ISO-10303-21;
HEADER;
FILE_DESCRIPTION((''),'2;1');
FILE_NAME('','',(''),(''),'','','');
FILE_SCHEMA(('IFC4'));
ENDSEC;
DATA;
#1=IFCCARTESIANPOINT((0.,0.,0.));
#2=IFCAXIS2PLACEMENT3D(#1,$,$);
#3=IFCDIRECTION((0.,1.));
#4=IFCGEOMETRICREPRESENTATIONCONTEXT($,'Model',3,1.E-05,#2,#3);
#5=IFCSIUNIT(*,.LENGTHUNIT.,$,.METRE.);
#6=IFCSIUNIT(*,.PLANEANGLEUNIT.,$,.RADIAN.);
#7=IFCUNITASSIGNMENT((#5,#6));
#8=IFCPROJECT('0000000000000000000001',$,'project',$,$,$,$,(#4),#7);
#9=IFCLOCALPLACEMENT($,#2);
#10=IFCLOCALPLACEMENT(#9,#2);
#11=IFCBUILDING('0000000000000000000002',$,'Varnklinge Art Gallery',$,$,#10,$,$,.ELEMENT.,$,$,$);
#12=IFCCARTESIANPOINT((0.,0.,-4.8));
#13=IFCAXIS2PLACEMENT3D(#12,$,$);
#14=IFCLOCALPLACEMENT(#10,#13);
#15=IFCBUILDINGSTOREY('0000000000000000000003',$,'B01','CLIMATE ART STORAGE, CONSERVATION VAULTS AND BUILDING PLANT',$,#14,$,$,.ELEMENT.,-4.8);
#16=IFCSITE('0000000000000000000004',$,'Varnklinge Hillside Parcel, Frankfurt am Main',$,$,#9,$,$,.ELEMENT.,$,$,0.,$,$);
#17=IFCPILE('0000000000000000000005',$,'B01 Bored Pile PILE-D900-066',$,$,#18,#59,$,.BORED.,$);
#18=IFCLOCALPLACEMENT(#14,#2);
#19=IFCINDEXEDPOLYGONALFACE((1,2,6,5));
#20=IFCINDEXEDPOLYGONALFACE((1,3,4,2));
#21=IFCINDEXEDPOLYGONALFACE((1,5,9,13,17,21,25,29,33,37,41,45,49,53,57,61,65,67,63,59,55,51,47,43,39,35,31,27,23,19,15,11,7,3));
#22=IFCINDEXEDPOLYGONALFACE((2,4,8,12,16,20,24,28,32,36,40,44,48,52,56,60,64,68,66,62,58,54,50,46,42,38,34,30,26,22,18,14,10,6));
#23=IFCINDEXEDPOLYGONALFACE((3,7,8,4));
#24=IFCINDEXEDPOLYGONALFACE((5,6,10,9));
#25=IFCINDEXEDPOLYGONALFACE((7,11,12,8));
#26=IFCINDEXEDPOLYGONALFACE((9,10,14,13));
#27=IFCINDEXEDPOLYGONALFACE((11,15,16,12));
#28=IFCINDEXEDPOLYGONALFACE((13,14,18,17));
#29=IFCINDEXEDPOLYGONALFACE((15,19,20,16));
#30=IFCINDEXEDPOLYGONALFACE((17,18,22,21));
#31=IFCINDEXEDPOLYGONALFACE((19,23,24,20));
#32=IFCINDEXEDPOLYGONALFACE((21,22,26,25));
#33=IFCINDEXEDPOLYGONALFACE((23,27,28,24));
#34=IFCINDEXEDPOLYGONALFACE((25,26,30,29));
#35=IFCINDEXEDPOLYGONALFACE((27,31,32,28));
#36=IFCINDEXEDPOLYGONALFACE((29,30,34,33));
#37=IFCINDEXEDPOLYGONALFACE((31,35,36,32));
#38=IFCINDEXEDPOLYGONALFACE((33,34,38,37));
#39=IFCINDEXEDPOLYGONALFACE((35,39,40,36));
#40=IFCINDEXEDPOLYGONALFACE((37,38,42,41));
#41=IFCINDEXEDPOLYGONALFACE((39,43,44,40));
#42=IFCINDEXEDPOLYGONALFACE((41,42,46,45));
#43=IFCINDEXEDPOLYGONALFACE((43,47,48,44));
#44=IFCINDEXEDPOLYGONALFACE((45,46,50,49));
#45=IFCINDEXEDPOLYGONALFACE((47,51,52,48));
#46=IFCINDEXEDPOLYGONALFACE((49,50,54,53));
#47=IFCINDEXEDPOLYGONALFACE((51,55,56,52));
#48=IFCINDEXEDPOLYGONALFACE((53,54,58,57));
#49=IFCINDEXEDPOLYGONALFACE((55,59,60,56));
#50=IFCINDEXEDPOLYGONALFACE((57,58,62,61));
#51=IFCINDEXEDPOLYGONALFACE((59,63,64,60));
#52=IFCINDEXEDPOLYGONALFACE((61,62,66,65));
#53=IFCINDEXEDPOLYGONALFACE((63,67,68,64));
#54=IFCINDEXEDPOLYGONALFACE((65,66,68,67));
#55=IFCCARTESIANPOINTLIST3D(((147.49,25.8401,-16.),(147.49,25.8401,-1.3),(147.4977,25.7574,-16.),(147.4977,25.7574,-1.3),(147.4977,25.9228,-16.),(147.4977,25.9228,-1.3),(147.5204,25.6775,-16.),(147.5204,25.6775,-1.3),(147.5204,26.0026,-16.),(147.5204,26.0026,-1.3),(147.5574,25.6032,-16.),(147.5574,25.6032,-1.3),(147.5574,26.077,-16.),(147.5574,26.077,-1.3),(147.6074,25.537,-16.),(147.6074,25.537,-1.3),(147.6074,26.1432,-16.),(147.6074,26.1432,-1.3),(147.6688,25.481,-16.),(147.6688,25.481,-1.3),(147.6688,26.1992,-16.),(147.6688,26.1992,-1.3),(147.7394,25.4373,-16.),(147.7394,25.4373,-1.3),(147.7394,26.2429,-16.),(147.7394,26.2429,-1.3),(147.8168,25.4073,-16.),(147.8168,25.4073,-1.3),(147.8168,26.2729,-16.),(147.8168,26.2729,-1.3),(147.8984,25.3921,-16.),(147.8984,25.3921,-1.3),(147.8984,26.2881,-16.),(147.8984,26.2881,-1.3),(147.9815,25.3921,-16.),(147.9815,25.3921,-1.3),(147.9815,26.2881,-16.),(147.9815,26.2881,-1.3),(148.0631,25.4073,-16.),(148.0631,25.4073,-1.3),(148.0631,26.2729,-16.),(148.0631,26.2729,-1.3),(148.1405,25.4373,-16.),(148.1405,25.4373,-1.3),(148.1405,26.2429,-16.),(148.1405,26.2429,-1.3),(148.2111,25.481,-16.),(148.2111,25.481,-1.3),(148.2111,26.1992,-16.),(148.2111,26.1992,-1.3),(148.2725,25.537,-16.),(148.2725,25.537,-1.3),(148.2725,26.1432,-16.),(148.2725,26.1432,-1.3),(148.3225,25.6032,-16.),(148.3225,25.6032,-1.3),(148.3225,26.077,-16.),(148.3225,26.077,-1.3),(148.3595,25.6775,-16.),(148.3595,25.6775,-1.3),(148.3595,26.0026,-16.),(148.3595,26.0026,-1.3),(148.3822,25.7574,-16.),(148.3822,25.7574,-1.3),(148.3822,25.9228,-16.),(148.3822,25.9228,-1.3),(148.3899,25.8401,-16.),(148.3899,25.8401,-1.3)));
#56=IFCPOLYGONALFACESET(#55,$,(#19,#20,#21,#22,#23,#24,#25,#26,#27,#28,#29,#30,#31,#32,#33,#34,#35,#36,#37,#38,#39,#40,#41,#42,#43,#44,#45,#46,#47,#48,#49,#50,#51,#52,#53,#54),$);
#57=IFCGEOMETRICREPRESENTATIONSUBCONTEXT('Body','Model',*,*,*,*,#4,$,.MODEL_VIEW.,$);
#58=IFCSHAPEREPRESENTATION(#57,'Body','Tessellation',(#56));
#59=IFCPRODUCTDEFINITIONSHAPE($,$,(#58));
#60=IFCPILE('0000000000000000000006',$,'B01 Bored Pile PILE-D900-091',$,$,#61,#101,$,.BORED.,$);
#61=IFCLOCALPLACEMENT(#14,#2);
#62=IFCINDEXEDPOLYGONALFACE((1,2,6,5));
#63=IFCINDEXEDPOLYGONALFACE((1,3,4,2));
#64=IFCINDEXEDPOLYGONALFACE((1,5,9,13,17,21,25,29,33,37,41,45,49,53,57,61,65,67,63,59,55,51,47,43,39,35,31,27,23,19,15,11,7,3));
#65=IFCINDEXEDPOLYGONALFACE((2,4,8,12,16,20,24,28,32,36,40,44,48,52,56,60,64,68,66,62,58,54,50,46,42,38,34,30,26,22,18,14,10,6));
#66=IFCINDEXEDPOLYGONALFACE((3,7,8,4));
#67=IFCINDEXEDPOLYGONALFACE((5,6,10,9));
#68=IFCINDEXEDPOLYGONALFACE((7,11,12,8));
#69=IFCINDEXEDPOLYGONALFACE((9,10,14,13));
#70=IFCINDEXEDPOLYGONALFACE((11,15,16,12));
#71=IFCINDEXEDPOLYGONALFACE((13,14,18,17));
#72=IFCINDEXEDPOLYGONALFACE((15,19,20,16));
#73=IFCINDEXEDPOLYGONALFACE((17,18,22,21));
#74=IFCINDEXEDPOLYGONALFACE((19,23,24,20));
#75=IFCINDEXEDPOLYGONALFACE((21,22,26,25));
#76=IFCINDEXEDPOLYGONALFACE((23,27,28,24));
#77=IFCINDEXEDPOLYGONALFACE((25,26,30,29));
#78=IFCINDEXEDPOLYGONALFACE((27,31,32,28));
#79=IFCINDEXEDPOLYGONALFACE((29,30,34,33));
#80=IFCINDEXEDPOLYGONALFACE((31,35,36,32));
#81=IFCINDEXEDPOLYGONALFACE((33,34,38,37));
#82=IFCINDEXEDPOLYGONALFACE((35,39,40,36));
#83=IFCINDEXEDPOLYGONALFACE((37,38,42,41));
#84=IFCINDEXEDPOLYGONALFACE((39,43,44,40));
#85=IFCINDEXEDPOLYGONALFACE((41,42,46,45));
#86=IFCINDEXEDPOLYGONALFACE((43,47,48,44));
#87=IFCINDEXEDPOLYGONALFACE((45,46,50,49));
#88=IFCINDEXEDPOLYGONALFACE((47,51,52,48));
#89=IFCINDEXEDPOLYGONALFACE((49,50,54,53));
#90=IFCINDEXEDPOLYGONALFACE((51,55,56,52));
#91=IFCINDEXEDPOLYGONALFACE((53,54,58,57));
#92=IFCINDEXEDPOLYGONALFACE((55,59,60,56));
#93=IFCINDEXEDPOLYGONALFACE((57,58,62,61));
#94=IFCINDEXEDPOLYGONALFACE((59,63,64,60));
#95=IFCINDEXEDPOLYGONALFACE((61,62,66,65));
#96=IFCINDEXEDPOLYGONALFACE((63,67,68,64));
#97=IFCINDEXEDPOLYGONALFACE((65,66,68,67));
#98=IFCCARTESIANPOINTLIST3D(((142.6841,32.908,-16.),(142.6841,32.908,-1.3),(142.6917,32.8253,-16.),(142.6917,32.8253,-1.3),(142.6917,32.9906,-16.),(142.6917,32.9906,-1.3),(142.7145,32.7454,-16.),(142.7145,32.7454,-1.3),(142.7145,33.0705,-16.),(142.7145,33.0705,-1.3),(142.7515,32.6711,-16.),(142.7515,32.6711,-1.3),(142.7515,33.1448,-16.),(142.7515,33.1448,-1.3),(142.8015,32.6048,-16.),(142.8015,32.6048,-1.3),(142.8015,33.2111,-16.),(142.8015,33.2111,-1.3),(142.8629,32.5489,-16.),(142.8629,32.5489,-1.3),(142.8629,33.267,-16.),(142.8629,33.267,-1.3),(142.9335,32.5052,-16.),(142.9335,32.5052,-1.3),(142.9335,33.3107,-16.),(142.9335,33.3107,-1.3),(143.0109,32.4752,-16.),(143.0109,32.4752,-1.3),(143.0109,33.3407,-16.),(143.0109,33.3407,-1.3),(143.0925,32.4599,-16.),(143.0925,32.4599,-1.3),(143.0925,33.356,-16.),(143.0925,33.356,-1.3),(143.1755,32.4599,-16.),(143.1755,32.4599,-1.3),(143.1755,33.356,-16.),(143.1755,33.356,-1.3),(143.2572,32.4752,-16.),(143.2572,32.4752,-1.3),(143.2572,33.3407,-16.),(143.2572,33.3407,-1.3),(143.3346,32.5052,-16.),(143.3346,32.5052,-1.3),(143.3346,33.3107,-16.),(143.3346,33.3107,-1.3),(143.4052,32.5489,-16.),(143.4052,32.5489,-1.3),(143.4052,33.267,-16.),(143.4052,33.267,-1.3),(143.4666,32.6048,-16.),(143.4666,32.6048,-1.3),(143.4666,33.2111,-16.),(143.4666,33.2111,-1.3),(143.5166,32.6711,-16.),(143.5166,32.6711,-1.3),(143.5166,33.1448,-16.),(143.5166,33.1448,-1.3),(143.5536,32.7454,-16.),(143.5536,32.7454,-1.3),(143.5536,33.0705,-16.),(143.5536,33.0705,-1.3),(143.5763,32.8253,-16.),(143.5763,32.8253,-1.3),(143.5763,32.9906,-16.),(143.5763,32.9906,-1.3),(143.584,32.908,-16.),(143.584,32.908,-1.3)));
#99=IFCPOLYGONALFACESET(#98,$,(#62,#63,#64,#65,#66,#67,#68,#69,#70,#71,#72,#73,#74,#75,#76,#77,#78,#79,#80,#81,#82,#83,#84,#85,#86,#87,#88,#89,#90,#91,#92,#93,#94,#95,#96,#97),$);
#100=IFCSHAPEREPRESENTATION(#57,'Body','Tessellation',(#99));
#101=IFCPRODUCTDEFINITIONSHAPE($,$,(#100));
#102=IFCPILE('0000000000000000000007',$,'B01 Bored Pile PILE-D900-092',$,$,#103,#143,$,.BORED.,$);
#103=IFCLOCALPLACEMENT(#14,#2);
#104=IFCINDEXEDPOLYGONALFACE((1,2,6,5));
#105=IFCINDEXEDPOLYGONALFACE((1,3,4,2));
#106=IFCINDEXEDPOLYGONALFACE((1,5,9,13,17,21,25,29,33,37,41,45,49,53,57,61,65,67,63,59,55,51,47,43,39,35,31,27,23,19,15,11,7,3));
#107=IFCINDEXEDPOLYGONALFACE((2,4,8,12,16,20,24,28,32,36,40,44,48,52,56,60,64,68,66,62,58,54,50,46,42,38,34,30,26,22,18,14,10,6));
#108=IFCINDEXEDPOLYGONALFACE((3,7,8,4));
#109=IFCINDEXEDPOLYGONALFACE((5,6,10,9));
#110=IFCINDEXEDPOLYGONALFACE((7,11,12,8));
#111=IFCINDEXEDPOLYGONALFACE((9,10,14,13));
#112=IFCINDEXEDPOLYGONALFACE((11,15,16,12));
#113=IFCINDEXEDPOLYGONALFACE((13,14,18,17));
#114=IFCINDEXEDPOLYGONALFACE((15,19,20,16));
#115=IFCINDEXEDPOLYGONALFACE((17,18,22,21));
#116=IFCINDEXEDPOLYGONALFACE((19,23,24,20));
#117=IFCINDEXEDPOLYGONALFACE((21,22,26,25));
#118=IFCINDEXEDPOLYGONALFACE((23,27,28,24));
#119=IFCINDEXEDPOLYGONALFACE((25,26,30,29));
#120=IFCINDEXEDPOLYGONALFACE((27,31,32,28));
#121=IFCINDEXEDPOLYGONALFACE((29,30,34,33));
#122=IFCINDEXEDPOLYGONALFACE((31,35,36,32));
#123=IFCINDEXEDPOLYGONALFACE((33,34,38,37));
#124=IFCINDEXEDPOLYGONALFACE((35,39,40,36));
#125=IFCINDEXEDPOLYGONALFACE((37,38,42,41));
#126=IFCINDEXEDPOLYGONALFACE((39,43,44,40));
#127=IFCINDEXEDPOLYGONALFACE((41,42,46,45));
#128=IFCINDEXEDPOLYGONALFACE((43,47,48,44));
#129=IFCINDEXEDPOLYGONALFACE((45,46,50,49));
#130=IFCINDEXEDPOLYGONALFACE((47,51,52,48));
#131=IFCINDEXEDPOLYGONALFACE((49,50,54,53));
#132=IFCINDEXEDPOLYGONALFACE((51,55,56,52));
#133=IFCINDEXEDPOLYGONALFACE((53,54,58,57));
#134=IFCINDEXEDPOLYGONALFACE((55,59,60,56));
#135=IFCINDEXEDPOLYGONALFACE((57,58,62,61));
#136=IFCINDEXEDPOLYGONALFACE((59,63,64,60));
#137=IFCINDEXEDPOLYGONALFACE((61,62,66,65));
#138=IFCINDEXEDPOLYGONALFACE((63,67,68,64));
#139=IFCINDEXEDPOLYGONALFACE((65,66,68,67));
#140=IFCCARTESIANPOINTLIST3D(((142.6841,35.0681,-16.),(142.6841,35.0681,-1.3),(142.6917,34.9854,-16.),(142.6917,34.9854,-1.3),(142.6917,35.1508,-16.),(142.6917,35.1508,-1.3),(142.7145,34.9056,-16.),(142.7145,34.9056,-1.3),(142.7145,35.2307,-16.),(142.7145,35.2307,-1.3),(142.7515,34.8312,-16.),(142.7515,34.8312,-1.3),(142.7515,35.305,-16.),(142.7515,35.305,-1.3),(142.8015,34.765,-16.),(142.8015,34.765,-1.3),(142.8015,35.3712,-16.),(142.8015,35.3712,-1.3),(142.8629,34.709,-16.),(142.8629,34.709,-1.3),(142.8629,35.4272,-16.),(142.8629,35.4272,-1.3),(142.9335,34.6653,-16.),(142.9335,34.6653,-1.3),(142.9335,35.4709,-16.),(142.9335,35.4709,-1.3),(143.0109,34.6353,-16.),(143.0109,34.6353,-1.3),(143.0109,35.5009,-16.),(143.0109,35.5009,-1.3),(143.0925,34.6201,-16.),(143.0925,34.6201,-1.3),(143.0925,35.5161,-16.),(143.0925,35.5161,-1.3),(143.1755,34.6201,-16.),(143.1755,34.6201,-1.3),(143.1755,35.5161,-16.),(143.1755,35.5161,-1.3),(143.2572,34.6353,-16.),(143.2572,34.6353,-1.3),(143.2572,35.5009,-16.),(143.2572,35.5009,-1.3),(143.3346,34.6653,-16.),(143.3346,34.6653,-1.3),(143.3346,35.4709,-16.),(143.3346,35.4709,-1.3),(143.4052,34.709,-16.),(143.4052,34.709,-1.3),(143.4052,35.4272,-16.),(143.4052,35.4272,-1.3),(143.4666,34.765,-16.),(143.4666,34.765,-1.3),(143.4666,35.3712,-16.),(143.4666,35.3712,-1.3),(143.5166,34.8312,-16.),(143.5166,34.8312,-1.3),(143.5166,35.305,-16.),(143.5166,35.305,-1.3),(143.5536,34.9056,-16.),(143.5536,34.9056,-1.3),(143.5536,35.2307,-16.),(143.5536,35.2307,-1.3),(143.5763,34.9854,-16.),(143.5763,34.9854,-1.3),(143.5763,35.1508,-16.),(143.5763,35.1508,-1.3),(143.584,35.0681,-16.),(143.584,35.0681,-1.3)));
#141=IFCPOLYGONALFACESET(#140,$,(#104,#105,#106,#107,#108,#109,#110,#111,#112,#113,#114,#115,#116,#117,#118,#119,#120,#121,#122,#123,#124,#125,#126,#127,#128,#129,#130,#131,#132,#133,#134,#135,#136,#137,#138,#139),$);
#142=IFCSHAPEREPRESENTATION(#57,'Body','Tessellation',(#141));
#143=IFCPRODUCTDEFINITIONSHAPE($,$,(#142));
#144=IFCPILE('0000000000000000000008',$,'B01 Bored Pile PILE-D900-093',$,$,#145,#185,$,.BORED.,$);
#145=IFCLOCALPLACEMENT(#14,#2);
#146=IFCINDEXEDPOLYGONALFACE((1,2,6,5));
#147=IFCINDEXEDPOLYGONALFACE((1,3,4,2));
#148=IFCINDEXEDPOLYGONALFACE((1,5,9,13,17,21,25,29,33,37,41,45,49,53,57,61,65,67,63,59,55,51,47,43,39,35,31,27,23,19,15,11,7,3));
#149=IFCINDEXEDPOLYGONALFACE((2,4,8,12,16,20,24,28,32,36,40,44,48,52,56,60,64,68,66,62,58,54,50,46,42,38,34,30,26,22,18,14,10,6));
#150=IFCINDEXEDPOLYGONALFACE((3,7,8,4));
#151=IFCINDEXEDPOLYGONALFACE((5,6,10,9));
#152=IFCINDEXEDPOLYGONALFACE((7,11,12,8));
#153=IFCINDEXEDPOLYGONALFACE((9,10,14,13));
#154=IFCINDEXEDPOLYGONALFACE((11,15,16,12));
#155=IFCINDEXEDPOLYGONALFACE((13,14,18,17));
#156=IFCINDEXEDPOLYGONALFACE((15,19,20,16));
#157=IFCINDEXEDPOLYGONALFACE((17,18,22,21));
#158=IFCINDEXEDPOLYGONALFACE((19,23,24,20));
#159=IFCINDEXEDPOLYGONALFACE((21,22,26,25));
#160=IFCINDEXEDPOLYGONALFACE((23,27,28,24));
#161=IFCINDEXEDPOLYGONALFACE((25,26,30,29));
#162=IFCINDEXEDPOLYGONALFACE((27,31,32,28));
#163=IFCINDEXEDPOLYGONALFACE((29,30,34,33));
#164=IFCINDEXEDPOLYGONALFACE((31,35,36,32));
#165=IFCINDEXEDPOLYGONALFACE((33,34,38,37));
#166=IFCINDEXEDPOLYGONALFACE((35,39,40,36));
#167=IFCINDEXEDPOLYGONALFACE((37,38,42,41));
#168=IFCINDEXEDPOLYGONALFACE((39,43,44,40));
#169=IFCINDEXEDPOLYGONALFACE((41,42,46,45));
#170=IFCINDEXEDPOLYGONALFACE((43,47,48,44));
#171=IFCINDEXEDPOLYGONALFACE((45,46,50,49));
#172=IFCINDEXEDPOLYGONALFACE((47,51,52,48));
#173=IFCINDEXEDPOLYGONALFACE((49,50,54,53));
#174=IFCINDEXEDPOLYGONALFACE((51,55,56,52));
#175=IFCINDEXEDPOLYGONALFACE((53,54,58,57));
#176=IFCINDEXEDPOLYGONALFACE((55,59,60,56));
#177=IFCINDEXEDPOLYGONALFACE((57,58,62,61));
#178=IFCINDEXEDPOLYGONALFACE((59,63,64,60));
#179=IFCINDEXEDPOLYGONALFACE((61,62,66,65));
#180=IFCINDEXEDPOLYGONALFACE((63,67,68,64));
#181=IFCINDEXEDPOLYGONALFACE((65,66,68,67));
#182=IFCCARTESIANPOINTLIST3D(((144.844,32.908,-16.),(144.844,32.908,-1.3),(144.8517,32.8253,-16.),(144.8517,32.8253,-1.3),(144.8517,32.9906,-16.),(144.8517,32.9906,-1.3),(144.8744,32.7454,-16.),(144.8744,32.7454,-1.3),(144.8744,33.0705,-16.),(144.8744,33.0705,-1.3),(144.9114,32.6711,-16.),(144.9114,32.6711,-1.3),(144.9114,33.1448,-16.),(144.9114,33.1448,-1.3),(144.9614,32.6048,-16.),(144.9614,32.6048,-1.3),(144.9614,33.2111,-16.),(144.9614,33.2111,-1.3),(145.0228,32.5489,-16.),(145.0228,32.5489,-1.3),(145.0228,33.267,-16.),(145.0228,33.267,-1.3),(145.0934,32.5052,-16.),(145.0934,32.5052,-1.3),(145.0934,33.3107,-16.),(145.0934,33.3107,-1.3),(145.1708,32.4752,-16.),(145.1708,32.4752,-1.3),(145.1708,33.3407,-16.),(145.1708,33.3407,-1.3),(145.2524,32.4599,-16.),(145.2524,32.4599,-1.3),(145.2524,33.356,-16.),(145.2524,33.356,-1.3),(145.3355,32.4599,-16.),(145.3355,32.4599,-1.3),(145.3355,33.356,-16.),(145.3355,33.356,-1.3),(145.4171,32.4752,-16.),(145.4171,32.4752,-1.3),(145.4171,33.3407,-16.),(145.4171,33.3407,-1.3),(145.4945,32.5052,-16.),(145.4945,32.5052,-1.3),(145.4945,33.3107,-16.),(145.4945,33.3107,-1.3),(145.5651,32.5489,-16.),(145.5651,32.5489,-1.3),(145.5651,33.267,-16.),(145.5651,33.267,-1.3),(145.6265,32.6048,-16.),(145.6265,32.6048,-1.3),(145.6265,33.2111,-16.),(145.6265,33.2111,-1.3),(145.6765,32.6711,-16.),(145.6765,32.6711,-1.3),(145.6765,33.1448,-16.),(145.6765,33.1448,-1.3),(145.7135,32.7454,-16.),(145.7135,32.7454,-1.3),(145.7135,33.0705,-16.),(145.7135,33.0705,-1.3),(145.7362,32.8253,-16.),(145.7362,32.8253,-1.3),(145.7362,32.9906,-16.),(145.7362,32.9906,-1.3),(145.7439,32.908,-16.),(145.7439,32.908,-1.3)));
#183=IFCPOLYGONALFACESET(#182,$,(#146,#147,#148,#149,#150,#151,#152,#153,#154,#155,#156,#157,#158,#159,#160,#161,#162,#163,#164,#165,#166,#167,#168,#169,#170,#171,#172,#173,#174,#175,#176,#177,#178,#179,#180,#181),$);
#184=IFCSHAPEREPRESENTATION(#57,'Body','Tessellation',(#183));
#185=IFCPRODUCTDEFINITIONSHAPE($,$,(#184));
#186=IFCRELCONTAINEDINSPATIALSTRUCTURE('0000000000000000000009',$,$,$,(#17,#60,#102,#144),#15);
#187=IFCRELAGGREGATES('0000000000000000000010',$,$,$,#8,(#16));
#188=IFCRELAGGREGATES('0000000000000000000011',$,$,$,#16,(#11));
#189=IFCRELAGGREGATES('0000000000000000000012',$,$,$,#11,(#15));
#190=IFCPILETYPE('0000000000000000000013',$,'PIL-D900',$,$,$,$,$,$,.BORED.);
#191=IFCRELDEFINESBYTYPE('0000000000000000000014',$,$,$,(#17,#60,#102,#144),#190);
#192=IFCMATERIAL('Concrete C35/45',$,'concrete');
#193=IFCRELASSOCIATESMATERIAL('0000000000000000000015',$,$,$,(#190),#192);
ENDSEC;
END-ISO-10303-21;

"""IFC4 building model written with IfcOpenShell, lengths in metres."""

from ifc_helpers import new_model, si_unit, direction, frame, origin, origin_2d, place, context, subcontext, project, spatial, circle, extrude, material, material_profile, profile_set, type_object, element, save


model = new_model("IFC4")

# Units and contexts
model_context = context("Model", 3, precision=1e-05, world=origin(), true_north=direction((0.0, 1.0)))
body_context = subcontext(model_context, "Body", "Model", "MODEL_VIEW")
ifc_project = project(units=[si_unit("LENGTHUNIT", "METRE"), si_unit("PLANEANGLEUNIT", "RADIAN")], contexts=[model_context])

# Site, building, storey
site_placement = place(None, origin())
site = spatial("IfcSite", under=ifc_project, at=site_placement, Name="Varnklinge Hillside Parcel, Frankfurt am Main", CompositionType="ELEMENT", RefElevation=0.0)
building_placement = place(site_placement, origin())
building = spatial("IfcBuilding", under=site, at=building_placement, Name="Varnklinge Art Gallery", CompositionType="ELEMENT")
storey_placement = place(building_placement, frame((0.0, 0.0, -4.8)))
storey = spatial("IfcBuildingStorey", under=building, at=storey_placement, Name="B01", Description="CLIMATE ART STORAGE, CONSERVATION VAULTS AND BUILDING PLANT", CompositionType="ELEMENT", Elevation=-4.8)

# Piles
ifc_material_1 = material(Name="Concrete C35/45", Category="concrete")
ifc_material_profile_1 = material_profile(ifc_material_1, circle(Radius=0.45, at=origin_2d()), Name="PILE D900")
ifc_profile_set_1 = profile_set([ifc_material_profile_1], Name="Concrete C35/45")
pile_type = type_object("IfcPileType", Name="PIL-D900", PredefinedType="BORED", material=ifc_profile_set_1)
for number, where, z_axis, x_axis, name in (
    (1, (147.9399, 25.8401, -1.3), (0.0, 0.0, -1.0), (1.0, 0.0, 0.0), "B01 Bored Pile PILE-D900-066"),
    (2, (143.134, 32.908, -1.3), (0.0, 0.0, -1.0), (1.0, 0.0, 0.0), "B01 Bored Pile PILE-D900-091"),
    (3, (143.134, 35.0681, -1.3), (0.0, 0.0, -1.0), (1.0, 0.0, 0.0), "B01 Bored Pile PILE-D900-092"),
    (4, (145.2939, 32.908, -1.3), (0.0, 0.0, -1.0), (1.0, 0.0, 0.0), "B01 Bored Pile PILE-D900-093"),
):
    element("IfcPile", number, at=place(storey_placement, frame(where, z_axis=z_axis, x_axis=x_axis)), inside=storey, type_object=pile_type, Name=name, PredefinedType="BORED", context=body_context, shape_type="SweptSolid", body=[
        extrude(circle(Radius=0.45, at=origin_2d()), origin(), (0.0, 0.0, 1.0), 14.7),
    ])

save(model, "model.ifc")
